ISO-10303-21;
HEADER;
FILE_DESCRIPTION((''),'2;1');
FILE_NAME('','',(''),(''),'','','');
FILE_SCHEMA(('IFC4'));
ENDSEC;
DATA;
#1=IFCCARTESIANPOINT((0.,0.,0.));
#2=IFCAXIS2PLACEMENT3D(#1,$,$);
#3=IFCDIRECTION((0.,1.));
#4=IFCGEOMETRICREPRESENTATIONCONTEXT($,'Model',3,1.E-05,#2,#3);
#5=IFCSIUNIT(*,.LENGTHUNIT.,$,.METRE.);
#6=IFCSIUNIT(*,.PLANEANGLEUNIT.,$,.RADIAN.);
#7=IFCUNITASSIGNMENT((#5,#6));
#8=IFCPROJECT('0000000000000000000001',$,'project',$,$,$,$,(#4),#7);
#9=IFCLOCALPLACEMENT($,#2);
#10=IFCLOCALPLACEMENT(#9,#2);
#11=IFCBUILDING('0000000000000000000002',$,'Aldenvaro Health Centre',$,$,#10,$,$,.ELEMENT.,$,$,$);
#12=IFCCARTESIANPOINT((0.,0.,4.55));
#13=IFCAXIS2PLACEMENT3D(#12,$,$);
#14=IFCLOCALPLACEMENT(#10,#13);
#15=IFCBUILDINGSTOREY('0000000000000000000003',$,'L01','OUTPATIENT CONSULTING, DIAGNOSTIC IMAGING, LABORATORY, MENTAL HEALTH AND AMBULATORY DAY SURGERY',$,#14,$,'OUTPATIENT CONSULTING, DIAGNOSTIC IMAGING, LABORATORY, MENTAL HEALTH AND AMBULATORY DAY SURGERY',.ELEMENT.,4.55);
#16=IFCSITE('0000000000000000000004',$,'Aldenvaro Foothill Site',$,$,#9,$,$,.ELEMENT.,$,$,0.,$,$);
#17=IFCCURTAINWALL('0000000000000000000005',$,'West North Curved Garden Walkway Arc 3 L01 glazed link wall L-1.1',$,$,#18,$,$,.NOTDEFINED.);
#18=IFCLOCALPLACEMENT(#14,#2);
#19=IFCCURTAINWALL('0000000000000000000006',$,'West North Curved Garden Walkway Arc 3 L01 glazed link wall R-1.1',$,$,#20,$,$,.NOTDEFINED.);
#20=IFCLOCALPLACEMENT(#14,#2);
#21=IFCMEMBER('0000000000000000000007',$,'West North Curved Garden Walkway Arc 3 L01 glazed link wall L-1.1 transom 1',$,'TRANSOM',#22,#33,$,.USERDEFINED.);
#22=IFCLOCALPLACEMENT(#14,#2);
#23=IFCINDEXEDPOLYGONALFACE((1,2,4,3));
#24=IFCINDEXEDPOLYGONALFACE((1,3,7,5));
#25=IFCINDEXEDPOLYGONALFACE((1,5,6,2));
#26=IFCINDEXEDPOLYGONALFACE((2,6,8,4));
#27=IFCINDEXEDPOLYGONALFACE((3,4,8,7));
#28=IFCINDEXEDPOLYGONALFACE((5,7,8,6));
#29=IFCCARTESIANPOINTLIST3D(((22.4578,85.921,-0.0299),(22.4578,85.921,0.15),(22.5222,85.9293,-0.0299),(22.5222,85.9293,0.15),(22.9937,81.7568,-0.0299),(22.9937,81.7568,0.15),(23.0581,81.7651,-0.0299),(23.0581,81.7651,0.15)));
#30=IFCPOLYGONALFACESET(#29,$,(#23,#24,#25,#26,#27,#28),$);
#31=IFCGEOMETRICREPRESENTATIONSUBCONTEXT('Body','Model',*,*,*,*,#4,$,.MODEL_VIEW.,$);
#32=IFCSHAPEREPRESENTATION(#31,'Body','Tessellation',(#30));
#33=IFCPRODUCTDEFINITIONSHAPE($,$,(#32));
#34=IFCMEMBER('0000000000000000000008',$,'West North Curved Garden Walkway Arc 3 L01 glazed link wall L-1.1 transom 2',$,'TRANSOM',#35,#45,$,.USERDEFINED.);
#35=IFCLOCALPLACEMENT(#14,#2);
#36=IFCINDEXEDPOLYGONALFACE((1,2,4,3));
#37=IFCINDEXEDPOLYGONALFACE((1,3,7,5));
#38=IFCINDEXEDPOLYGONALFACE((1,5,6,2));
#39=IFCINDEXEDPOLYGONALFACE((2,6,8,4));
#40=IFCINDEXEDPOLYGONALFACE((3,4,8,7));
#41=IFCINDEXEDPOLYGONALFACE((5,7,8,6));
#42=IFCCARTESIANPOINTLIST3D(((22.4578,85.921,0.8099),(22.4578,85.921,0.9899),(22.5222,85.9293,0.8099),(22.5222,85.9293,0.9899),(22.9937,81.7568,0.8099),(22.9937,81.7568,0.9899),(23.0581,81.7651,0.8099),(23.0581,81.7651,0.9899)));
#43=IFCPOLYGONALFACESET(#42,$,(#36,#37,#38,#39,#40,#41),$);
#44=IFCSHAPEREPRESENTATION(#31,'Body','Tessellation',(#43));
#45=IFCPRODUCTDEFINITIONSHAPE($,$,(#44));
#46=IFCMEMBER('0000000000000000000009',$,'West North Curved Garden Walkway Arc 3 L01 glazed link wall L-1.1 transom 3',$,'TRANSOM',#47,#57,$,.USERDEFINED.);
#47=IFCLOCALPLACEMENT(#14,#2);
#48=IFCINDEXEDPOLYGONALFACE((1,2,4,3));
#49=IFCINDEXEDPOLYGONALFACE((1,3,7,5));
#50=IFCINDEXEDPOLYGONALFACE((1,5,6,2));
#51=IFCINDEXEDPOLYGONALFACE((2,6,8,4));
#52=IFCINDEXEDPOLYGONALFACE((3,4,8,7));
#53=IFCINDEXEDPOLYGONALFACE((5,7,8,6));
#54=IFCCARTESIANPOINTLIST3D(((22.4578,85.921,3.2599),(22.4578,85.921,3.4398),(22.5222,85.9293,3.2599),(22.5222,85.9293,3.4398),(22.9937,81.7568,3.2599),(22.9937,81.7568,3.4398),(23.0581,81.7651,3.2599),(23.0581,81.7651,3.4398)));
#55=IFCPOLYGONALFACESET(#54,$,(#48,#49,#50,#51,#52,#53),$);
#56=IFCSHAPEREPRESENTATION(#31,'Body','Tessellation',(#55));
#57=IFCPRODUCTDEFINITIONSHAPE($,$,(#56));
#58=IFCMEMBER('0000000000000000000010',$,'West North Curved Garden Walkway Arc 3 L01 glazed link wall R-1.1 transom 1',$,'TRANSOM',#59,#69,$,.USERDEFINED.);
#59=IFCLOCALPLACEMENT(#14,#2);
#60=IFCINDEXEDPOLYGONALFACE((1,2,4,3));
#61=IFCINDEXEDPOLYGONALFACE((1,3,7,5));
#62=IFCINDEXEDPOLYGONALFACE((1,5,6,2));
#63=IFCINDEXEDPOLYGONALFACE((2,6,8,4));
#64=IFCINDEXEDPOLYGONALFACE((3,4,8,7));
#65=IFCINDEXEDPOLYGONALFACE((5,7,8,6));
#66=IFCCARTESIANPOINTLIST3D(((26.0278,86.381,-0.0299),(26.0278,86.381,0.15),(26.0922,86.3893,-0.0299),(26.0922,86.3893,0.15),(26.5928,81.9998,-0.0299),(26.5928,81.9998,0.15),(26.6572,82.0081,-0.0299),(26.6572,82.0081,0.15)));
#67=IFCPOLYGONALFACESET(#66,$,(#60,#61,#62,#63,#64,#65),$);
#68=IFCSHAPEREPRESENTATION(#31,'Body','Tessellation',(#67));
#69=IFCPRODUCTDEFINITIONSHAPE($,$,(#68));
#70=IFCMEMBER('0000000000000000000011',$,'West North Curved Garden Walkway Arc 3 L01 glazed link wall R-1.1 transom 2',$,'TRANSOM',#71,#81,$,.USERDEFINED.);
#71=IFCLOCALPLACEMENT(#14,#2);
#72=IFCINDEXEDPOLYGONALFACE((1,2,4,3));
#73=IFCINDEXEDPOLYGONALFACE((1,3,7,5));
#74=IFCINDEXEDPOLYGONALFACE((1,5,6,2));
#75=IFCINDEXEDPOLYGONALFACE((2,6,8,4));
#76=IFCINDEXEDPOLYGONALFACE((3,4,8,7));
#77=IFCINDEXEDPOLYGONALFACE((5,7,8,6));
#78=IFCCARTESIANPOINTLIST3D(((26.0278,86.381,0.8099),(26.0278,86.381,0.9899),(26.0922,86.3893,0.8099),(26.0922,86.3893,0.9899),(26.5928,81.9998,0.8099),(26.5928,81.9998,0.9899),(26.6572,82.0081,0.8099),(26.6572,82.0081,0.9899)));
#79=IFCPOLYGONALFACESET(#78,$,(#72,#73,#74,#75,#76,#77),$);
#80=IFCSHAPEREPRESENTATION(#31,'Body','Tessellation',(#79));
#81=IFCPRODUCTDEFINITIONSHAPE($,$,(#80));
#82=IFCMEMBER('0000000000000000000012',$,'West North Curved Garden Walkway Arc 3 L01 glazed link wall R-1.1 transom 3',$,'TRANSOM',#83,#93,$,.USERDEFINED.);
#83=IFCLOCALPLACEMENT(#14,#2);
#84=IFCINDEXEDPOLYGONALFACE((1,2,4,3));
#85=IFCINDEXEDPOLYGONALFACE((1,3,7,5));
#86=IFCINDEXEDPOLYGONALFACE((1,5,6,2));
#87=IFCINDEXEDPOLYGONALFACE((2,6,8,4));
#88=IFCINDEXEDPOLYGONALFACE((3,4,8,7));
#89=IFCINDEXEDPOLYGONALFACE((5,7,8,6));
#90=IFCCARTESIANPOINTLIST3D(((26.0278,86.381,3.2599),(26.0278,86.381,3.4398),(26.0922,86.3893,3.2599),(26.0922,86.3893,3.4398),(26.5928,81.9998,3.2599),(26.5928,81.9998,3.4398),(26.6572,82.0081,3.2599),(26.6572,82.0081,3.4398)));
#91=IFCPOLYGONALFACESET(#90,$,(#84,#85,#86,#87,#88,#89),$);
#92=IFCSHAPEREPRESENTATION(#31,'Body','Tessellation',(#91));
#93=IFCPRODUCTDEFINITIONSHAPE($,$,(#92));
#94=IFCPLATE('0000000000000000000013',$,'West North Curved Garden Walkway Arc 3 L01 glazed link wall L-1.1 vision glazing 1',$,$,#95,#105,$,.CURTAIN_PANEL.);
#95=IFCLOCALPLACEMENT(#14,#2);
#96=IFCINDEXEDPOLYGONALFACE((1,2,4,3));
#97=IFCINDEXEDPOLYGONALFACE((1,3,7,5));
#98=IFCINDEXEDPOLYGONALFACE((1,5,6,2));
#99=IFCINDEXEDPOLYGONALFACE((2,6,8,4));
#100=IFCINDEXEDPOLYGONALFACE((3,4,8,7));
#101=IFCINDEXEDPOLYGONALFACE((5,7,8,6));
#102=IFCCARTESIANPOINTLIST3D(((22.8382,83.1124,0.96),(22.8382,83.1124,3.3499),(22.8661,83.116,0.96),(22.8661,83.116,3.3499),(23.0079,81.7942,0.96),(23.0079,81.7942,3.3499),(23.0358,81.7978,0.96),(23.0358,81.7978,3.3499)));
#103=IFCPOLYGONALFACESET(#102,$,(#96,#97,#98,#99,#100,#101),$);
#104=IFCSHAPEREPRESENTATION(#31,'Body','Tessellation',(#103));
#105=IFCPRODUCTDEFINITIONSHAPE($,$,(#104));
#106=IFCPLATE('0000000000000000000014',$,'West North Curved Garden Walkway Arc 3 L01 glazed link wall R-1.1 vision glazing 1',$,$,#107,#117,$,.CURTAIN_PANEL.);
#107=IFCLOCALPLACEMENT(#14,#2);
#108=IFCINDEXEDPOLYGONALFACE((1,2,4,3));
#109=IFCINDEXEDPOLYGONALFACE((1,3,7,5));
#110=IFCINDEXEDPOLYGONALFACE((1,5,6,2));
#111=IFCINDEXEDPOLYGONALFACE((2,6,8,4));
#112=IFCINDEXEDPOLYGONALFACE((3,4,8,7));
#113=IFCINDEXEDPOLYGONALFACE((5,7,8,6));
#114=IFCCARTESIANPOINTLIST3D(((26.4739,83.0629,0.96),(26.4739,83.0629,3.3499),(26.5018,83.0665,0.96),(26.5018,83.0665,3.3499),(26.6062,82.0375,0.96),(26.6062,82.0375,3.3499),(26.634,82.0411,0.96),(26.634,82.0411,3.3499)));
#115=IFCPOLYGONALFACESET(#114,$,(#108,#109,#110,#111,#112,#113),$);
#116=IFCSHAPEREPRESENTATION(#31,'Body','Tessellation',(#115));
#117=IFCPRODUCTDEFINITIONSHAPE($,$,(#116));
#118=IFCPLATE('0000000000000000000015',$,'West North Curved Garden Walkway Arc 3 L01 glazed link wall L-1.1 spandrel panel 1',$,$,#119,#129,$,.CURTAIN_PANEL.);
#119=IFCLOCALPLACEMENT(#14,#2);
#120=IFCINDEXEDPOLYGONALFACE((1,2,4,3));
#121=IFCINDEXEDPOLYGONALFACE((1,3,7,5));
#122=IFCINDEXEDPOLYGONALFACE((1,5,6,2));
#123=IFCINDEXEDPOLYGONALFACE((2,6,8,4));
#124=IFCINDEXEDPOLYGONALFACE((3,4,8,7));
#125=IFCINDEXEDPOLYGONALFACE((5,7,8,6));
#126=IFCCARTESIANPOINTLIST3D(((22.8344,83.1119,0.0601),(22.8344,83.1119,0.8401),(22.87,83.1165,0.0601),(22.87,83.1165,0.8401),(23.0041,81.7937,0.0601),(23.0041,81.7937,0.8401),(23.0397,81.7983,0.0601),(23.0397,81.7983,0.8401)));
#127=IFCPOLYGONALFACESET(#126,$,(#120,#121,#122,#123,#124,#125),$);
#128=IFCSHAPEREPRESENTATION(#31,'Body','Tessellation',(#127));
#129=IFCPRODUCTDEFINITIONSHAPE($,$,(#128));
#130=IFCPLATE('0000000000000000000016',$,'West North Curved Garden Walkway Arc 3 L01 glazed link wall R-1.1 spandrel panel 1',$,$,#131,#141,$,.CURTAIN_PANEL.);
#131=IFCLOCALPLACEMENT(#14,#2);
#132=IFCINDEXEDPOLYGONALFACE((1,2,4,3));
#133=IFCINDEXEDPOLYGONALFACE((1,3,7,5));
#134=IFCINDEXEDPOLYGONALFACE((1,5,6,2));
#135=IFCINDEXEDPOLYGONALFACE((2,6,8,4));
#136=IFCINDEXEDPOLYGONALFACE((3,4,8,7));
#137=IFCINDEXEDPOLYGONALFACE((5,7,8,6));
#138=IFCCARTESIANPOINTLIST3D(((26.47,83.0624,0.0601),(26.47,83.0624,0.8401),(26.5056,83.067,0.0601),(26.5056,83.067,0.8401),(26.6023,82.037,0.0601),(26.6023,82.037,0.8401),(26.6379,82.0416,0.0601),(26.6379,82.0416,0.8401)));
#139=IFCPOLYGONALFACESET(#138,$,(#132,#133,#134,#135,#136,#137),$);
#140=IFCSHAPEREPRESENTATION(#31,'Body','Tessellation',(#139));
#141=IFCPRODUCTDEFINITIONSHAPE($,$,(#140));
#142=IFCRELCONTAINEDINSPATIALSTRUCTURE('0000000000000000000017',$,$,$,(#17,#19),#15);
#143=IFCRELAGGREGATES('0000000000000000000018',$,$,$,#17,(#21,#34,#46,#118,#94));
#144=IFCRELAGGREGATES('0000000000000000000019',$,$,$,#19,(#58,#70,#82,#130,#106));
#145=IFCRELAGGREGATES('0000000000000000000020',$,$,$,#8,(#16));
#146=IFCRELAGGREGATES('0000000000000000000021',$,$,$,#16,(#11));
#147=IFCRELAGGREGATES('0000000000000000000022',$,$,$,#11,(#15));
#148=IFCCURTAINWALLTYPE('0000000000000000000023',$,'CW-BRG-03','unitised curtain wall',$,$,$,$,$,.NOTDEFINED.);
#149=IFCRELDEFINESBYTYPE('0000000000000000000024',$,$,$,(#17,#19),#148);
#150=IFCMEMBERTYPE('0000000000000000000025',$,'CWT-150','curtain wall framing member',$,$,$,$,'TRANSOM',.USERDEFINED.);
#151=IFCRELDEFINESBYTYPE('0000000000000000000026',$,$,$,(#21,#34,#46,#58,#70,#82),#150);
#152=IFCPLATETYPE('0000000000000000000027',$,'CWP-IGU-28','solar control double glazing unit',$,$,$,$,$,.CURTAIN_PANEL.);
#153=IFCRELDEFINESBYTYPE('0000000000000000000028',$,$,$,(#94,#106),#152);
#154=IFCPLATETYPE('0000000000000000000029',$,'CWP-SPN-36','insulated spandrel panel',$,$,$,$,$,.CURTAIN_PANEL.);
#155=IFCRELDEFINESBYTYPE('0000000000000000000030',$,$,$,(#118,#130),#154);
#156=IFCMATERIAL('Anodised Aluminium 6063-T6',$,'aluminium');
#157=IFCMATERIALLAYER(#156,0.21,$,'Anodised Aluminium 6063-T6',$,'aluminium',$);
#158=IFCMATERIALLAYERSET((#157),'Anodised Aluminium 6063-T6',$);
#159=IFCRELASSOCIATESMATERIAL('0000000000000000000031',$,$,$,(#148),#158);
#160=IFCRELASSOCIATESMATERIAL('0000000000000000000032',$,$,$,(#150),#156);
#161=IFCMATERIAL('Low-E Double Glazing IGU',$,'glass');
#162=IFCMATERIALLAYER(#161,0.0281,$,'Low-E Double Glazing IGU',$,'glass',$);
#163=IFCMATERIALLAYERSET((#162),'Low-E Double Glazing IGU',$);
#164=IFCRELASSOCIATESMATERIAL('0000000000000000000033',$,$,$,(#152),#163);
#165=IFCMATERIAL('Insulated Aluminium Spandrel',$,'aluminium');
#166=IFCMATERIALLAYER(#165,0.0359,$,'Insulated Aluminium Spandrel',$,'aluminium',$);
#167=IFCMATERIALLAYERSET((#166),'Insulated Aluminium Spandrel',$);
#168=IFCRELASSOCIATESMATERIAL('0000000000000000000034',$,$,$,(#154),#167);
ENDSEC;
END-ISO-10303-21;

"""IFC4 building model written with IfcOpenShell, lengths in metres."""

from ifc_helpers import new_model, si_unit, direction, frame, origin, origin_2d, place, context, subcontext, project, spatial, rectangle, extrude, material, layer, layer_set, material_profile, profile_set, type_object, element, aggregate, save


model = new_model("IFC4")

# Units and contexts
model_context = context("Model", 3, precision=1e-05, world=origin(), true_north=direction((0.0, 1.0)))
body_context = subcontext(model_context, "Body", "Model", "MODEL_VIEW")
ifc_project = project(units=[si_unit("LENGTHUNIT", "METRE"), si_unit("PLANEANGLEUNIT", "RADIAN")], contexts=[model_context])

# Site, building, storey
site_placement = place(None, origin())
site = spatial("IfcSite", under=ifc_project, at=site_placement, Name="Aldenvaro Foothill Site", CompositionType="ELEMENT", RefElevation=0.0)
building_placement = place(site_placement, origin())
building = spatial("IfcBuilding", under=site, at=building_placement, Name="Aldenvaro Health Centre", CompositionType="ELEMENT")
storey_placement = place(building_placement, frame((0.0, 0.0, 4.55)))
storey = spatial("IfcBuildingStorey", under=building, at=storey_placement, Name="L01", Description="OUTPATIENT CONSULTING, DIAGNOSTIC IMAGING, LABORATORY, MENTAL HEALTH AND AMBULATORY DAY SURGERY", LongName="OUTPATIENT CONSULTING, DIAGNOSTIC IMAGING, LABORATORY, MENTAL HEALTH AND AMBULATORY DAY SURGERY", CompositionType="ELEMENT", Elevation=4.55)

# Curtain walls
ifc_material_1 = material(Name="Anodised Aluminium 6063-T6", Category="aluminium")
ifc_layer_1 = layer(ifc_material_1, 0.21, Name="Anodised Aluminium 6063-T6", Category="aluminium")
ifc_layer_set_1 = layer_set([ifc_layer_1], Name="Anodised Aluminium 6063-T6")
curtain_wall_type = type_object("IfcCurtainWallType", Name="CW-BRG-03", Description="unitised curtain wall", PredefinedType="NOTDEFINED", material=ifc_layer_set_1)
curtain_wall_1_placement = place(storey_placement, origin())
curtain_wall_1 = element("IfcCurtainWall", 1, at=curtain_wall_1_placement, inside=storey, type_object=curtain_wall_type, Name="West North Curved Garden Walkway Arc 3 L01 glazed link wall L-1.1", PredefinedType="NOTDEFINED")
curtain_wall_2_placement = place(storey_placement, origin())
curtain_wall_2 = element("IfcCurtainWall", 2, at=curtain_wall_2_placement, inside=storey, type_object=curtain_wall_type, Name="West North Curved Garden Walkway Arc 3 L01 glazed link wall R-1.1", PredefinedType="NOTDEFINED")

# Members
ifc_material_profile_1 = material_profile(ifc_material_1, rectangle(XDim=0.0649, YDim=0.1799, at=origin_2d()), Name="ALU 65x180", Category="aluminium")
ifc_profile_set_1 = profile_set([ifc_material_profile_1], Name="Anodised Aluminium 6063-T6")
member_type_1 = type_object("IfcMemberType", Name="CWT-150", Description="curtain wall framing member", ElementType="TRANSOM", PredefinedType="USERDEFINED", material=ifc_profile_set_1)
member_1_placement = place(storey_placement, frame((23.0259, 81.761, 0.0601), z_axis=(-0.127641, 0.99182, 0.0), x_axis=(-0.99182, -0.127641, 0.0)))
member_1 = element("IfcMember", 3, at=member_1_placement, type_object=member_type_1, Name="West North Curved Garden Walkway Arc 3 L01 glazed link wall L-1.1 transom 1", ObjectType="TRANSOM", PredefinedType="USERDEFINED", context=body_context, shape_type="SweptSolid", body=[
    extrude(rectangle(XDim=0.0649, YDim=0.1799, at=origin_2d()), origin(), (0.0, 0.0, 1.0), 4.1985),
])
member_2_placement = place(storey_placement, frame((23.0259, 81.761, 0.8999), z_axis=(-0.127641, 0.99182, 0.0), x_axis=(-0.99182, -0.127641, 0.0)))
member_2 = element("IfcMember", 4, at=member_2_placement, type_object=member_type_1, Name="West North Curved Garden Walkway Arc 3 L01 glazed link wall L-1.1 transom 2", ObjectType="TRANSOM", PredefinedType="USERDEFINED", context=body_context, shape_type="SweptSolid", body=[
    extrude(rectangle(XDim=0.0649, YDim=0.1799, at=origin_2d()), origin(), (0.0, 0.0, 1.0), 4.1985),
])
member_3_placement = place(storey_placement, frame((23.0259, 81.761, 3.3499), z_axis=(-0.127641, 0.99182, 0.0), x_axis=(-0.99182, -0.127641, 0.0)))
member_3 = element("IfcMember", 5, at=member_3_placement, type_object=member_type_1, Name="West North Curved Garden Walkway Arc 3 L01 glazed link wall L-1.1 transom 3", ObjectType="TRANSOM", PredefinedType="USERDEFINED", context=body_context, shape_type="SweptSolid", body=[
    extrude(rectangle(XDim=0.0649, YDim=0.1799, at=origin_2d()), origin(), (0.0, 0.0, 1.0), 4.1985),
])
member_4_placement = place(storey_placement, frame((26.625, 82.0039, 0.0601), z_axis=(-0.127891, 0.991788, 0.0), x_axis=(-0.991788, -0.127891, 0.0)))
member_4 = element("IfcMember", 6, at=member_4_placement, type_object=member_type_1, Name="West North Curved Garden Walkway Arc 3 L01 glazed link wall R-1.1 transom 1", ObjectType="TRANSOM", PredefinedType="USERDEFINED", context=body_context, shape_type="SweptSolid", body=[
    extrude(rectangle(XDim=0.0649, YDim=0.1799, at=origin_2d()), origin(), (0.0, 0.0, 1.0), 4.4175),
])
member_5_placement = place(storey_placement, frame((26.625, 82.0039, 0.8999), z_axis=(-0.127891, 0.991788, 0.0), x_axis=(-0.991788, -0.127891, 0.0)))
member_5 = element("IfcMember", 7, at=member_5_placement, type_object=member_type_1, Name="West North Curved Garden Walkway Arc 3 L01 glazed link wall R-1.1 transom 2", ObjectType="TRANSOM", PredefinedType="USERDEFINED", context=body_context, shape_type="SweptSolid", body=[
    extrude(rectangle(XDim=0.0649, YDim=0.1799, at=origin_2d()), origin(), (0.0, 0.0, 1.0), 4.4175),
])
member_6_placement = place(storey_placement, frame((26.625, 82.0039, 3.3499), z_axis=(-0.127891, 0.991788, 0.0), x_axis=(-0.991788, -0.127891, 0.0)))
member_6 = element("IfcMember", 8, at=member_6_placement, type_object=member_type_1, Name="West North Curved Garden Walkway Arc 3 L01 glazed link wall R-1.1 transom 3", ObjectType="TRANSOM", PredefinedType="USERDEFINED", context=body_context, shape_type="SweptSolid", body=[
    extrude(rectangle(XDim=0.0649, YDim=0.1799, at=origin_2d()), origin(), (0.0, 0.0, 1.0), 4.4175),
])

# Plates
ifc_material_2 = material(Name="Low-E Double Glazing IGU", Category="glass")
ifc_layer_2 = layer(ifc_material_2, 0.0281, Name="Low-E Double Glazing IGU", Category="glass")
ifc_layer_set_2 = layer_set([ifc_layer_2], Name="Low-E Double Glazing IGU")
plate_type_1 = type_object("IfcPlateType", Name="CWP-IGU-28", Description="solar control double glazing unit", PredefinedType="CURTAIN_PANEL", material=ifc_layer_set_2)
plate_1_placement = place(storey_placement, frame((22.937, 82.4551, 0.96), z_axis=(0.0, 0.0, 1.0), x_axis=(-0.127669, 0.991817, 0.0)))
plate_1 = element("IfcPlate", 9, at=plate_1_placement, type_object=plate_type_1, Name="West North Curved Garden Walkway Arc 3 L01 glazed link wall L-1.1 vision glazing 1", PredefinedType="CURTAIN_PANEL", context=body_context, shape_type="SweptSolid", body=[
    extrude(rectangle(XDim=1.3291, YDim=0.0281, at=origin_2d()), origin(), (0.0, 0.0, 1.0), 2.3899),
])
plate_2_placement = place(storey_placement, frame((26.554, 82.552, 0.96), z_axis=(0.0, 0.0, 1.0), x_axis=(-0.127907, 0.991786, 0.0)))
plate_2 = element("IfcPlate", 10, at=plate_2_placement, type_object=plate_type_1, Name="West North Curved Garden Walkway Arc 3 L01 glazed link wall R-1.1 vision glazing 1", PredefinedType="CURTAIN_PANEL", context=body_context, shape_type="SweptSolid", body=[
    extrude(rectangle(XDim=1.0339, YDim=0.0281, at=origin_2d()), origin(), (0.0, 0.0, 1.0), 2.3899),
])
ifc_material_3 = material(Name="Insulated Aluminium Spandrel", Category="aluminium")
ifc_layer_3 = layer(ifc_material_3, 0.0359, Name="Insulated Aluminium Spandrel", Category="aluminium")
ifc_layer_set_3 = layer_set([ifc_layer_3], Name="Insulated Aluminium Spandrel")
plate_type_2 = type_object("IfcPlateType", Name="CWP-SPN-36", Description="insulated spandrel panel", PredefinedType="CURTAIN_PANEL", material=ifc_layer_set_3)
plate_3_placement = place(storey_placement, frame((22.937, 82.4551, 0.0601), z_axis=(0.0, 0.0, 1.0), x_axis=(-0.127669, 0.991817, 0.0)))
plate_3 = element("IfcPlate", 11, at=plate_3_placement, type_object=plate_type_2, Name="West North Curved Garden Walkway Arc 3 L01 glazed link wall L-1.1 spandrel panel 1", PredefinedType="CURTAIN_PANEL", context=body_context, shape_type="SweptSolid", body=[
    extrude(rectangle(XDim=1.3291, YDim=0.0359, at=origin_2d()), origin(), (0.0, 0.0, 1.0), 0.78),
])
aggregate(curtain_wall_1, [member_1, member_2, member_3, plate_3, plate_1])
plate_4_placement = place(storey_placement, frame((26.554, 82.552, 0.0601), z_axis=(0.0, 0.0, 1.0), x_axis=(-0.127907, 0.991786, 0.0)))
plate_4 = element("IfcPlate", 12, at=plate_4_placement, type_object=plate_type_2, Name="West North Curved Garden Walkway Arc 3 L01 glazed link wall R-1.1 spandrel panel 1", PredefinedType="CURTAIN_PANEL", context=body_context, shape_type="SweptSolid", body=[
    extrude(rectangle(XDim=1.0339, YDim=0.0359, at=origin_2d()), origin(), (0.0, 0.0, 1.0), 0.78),
])
aggregate(curtain_wall_2, [member_4, member_5, member_6, plate_4, plate_2])

save(model, "model.ifc")
